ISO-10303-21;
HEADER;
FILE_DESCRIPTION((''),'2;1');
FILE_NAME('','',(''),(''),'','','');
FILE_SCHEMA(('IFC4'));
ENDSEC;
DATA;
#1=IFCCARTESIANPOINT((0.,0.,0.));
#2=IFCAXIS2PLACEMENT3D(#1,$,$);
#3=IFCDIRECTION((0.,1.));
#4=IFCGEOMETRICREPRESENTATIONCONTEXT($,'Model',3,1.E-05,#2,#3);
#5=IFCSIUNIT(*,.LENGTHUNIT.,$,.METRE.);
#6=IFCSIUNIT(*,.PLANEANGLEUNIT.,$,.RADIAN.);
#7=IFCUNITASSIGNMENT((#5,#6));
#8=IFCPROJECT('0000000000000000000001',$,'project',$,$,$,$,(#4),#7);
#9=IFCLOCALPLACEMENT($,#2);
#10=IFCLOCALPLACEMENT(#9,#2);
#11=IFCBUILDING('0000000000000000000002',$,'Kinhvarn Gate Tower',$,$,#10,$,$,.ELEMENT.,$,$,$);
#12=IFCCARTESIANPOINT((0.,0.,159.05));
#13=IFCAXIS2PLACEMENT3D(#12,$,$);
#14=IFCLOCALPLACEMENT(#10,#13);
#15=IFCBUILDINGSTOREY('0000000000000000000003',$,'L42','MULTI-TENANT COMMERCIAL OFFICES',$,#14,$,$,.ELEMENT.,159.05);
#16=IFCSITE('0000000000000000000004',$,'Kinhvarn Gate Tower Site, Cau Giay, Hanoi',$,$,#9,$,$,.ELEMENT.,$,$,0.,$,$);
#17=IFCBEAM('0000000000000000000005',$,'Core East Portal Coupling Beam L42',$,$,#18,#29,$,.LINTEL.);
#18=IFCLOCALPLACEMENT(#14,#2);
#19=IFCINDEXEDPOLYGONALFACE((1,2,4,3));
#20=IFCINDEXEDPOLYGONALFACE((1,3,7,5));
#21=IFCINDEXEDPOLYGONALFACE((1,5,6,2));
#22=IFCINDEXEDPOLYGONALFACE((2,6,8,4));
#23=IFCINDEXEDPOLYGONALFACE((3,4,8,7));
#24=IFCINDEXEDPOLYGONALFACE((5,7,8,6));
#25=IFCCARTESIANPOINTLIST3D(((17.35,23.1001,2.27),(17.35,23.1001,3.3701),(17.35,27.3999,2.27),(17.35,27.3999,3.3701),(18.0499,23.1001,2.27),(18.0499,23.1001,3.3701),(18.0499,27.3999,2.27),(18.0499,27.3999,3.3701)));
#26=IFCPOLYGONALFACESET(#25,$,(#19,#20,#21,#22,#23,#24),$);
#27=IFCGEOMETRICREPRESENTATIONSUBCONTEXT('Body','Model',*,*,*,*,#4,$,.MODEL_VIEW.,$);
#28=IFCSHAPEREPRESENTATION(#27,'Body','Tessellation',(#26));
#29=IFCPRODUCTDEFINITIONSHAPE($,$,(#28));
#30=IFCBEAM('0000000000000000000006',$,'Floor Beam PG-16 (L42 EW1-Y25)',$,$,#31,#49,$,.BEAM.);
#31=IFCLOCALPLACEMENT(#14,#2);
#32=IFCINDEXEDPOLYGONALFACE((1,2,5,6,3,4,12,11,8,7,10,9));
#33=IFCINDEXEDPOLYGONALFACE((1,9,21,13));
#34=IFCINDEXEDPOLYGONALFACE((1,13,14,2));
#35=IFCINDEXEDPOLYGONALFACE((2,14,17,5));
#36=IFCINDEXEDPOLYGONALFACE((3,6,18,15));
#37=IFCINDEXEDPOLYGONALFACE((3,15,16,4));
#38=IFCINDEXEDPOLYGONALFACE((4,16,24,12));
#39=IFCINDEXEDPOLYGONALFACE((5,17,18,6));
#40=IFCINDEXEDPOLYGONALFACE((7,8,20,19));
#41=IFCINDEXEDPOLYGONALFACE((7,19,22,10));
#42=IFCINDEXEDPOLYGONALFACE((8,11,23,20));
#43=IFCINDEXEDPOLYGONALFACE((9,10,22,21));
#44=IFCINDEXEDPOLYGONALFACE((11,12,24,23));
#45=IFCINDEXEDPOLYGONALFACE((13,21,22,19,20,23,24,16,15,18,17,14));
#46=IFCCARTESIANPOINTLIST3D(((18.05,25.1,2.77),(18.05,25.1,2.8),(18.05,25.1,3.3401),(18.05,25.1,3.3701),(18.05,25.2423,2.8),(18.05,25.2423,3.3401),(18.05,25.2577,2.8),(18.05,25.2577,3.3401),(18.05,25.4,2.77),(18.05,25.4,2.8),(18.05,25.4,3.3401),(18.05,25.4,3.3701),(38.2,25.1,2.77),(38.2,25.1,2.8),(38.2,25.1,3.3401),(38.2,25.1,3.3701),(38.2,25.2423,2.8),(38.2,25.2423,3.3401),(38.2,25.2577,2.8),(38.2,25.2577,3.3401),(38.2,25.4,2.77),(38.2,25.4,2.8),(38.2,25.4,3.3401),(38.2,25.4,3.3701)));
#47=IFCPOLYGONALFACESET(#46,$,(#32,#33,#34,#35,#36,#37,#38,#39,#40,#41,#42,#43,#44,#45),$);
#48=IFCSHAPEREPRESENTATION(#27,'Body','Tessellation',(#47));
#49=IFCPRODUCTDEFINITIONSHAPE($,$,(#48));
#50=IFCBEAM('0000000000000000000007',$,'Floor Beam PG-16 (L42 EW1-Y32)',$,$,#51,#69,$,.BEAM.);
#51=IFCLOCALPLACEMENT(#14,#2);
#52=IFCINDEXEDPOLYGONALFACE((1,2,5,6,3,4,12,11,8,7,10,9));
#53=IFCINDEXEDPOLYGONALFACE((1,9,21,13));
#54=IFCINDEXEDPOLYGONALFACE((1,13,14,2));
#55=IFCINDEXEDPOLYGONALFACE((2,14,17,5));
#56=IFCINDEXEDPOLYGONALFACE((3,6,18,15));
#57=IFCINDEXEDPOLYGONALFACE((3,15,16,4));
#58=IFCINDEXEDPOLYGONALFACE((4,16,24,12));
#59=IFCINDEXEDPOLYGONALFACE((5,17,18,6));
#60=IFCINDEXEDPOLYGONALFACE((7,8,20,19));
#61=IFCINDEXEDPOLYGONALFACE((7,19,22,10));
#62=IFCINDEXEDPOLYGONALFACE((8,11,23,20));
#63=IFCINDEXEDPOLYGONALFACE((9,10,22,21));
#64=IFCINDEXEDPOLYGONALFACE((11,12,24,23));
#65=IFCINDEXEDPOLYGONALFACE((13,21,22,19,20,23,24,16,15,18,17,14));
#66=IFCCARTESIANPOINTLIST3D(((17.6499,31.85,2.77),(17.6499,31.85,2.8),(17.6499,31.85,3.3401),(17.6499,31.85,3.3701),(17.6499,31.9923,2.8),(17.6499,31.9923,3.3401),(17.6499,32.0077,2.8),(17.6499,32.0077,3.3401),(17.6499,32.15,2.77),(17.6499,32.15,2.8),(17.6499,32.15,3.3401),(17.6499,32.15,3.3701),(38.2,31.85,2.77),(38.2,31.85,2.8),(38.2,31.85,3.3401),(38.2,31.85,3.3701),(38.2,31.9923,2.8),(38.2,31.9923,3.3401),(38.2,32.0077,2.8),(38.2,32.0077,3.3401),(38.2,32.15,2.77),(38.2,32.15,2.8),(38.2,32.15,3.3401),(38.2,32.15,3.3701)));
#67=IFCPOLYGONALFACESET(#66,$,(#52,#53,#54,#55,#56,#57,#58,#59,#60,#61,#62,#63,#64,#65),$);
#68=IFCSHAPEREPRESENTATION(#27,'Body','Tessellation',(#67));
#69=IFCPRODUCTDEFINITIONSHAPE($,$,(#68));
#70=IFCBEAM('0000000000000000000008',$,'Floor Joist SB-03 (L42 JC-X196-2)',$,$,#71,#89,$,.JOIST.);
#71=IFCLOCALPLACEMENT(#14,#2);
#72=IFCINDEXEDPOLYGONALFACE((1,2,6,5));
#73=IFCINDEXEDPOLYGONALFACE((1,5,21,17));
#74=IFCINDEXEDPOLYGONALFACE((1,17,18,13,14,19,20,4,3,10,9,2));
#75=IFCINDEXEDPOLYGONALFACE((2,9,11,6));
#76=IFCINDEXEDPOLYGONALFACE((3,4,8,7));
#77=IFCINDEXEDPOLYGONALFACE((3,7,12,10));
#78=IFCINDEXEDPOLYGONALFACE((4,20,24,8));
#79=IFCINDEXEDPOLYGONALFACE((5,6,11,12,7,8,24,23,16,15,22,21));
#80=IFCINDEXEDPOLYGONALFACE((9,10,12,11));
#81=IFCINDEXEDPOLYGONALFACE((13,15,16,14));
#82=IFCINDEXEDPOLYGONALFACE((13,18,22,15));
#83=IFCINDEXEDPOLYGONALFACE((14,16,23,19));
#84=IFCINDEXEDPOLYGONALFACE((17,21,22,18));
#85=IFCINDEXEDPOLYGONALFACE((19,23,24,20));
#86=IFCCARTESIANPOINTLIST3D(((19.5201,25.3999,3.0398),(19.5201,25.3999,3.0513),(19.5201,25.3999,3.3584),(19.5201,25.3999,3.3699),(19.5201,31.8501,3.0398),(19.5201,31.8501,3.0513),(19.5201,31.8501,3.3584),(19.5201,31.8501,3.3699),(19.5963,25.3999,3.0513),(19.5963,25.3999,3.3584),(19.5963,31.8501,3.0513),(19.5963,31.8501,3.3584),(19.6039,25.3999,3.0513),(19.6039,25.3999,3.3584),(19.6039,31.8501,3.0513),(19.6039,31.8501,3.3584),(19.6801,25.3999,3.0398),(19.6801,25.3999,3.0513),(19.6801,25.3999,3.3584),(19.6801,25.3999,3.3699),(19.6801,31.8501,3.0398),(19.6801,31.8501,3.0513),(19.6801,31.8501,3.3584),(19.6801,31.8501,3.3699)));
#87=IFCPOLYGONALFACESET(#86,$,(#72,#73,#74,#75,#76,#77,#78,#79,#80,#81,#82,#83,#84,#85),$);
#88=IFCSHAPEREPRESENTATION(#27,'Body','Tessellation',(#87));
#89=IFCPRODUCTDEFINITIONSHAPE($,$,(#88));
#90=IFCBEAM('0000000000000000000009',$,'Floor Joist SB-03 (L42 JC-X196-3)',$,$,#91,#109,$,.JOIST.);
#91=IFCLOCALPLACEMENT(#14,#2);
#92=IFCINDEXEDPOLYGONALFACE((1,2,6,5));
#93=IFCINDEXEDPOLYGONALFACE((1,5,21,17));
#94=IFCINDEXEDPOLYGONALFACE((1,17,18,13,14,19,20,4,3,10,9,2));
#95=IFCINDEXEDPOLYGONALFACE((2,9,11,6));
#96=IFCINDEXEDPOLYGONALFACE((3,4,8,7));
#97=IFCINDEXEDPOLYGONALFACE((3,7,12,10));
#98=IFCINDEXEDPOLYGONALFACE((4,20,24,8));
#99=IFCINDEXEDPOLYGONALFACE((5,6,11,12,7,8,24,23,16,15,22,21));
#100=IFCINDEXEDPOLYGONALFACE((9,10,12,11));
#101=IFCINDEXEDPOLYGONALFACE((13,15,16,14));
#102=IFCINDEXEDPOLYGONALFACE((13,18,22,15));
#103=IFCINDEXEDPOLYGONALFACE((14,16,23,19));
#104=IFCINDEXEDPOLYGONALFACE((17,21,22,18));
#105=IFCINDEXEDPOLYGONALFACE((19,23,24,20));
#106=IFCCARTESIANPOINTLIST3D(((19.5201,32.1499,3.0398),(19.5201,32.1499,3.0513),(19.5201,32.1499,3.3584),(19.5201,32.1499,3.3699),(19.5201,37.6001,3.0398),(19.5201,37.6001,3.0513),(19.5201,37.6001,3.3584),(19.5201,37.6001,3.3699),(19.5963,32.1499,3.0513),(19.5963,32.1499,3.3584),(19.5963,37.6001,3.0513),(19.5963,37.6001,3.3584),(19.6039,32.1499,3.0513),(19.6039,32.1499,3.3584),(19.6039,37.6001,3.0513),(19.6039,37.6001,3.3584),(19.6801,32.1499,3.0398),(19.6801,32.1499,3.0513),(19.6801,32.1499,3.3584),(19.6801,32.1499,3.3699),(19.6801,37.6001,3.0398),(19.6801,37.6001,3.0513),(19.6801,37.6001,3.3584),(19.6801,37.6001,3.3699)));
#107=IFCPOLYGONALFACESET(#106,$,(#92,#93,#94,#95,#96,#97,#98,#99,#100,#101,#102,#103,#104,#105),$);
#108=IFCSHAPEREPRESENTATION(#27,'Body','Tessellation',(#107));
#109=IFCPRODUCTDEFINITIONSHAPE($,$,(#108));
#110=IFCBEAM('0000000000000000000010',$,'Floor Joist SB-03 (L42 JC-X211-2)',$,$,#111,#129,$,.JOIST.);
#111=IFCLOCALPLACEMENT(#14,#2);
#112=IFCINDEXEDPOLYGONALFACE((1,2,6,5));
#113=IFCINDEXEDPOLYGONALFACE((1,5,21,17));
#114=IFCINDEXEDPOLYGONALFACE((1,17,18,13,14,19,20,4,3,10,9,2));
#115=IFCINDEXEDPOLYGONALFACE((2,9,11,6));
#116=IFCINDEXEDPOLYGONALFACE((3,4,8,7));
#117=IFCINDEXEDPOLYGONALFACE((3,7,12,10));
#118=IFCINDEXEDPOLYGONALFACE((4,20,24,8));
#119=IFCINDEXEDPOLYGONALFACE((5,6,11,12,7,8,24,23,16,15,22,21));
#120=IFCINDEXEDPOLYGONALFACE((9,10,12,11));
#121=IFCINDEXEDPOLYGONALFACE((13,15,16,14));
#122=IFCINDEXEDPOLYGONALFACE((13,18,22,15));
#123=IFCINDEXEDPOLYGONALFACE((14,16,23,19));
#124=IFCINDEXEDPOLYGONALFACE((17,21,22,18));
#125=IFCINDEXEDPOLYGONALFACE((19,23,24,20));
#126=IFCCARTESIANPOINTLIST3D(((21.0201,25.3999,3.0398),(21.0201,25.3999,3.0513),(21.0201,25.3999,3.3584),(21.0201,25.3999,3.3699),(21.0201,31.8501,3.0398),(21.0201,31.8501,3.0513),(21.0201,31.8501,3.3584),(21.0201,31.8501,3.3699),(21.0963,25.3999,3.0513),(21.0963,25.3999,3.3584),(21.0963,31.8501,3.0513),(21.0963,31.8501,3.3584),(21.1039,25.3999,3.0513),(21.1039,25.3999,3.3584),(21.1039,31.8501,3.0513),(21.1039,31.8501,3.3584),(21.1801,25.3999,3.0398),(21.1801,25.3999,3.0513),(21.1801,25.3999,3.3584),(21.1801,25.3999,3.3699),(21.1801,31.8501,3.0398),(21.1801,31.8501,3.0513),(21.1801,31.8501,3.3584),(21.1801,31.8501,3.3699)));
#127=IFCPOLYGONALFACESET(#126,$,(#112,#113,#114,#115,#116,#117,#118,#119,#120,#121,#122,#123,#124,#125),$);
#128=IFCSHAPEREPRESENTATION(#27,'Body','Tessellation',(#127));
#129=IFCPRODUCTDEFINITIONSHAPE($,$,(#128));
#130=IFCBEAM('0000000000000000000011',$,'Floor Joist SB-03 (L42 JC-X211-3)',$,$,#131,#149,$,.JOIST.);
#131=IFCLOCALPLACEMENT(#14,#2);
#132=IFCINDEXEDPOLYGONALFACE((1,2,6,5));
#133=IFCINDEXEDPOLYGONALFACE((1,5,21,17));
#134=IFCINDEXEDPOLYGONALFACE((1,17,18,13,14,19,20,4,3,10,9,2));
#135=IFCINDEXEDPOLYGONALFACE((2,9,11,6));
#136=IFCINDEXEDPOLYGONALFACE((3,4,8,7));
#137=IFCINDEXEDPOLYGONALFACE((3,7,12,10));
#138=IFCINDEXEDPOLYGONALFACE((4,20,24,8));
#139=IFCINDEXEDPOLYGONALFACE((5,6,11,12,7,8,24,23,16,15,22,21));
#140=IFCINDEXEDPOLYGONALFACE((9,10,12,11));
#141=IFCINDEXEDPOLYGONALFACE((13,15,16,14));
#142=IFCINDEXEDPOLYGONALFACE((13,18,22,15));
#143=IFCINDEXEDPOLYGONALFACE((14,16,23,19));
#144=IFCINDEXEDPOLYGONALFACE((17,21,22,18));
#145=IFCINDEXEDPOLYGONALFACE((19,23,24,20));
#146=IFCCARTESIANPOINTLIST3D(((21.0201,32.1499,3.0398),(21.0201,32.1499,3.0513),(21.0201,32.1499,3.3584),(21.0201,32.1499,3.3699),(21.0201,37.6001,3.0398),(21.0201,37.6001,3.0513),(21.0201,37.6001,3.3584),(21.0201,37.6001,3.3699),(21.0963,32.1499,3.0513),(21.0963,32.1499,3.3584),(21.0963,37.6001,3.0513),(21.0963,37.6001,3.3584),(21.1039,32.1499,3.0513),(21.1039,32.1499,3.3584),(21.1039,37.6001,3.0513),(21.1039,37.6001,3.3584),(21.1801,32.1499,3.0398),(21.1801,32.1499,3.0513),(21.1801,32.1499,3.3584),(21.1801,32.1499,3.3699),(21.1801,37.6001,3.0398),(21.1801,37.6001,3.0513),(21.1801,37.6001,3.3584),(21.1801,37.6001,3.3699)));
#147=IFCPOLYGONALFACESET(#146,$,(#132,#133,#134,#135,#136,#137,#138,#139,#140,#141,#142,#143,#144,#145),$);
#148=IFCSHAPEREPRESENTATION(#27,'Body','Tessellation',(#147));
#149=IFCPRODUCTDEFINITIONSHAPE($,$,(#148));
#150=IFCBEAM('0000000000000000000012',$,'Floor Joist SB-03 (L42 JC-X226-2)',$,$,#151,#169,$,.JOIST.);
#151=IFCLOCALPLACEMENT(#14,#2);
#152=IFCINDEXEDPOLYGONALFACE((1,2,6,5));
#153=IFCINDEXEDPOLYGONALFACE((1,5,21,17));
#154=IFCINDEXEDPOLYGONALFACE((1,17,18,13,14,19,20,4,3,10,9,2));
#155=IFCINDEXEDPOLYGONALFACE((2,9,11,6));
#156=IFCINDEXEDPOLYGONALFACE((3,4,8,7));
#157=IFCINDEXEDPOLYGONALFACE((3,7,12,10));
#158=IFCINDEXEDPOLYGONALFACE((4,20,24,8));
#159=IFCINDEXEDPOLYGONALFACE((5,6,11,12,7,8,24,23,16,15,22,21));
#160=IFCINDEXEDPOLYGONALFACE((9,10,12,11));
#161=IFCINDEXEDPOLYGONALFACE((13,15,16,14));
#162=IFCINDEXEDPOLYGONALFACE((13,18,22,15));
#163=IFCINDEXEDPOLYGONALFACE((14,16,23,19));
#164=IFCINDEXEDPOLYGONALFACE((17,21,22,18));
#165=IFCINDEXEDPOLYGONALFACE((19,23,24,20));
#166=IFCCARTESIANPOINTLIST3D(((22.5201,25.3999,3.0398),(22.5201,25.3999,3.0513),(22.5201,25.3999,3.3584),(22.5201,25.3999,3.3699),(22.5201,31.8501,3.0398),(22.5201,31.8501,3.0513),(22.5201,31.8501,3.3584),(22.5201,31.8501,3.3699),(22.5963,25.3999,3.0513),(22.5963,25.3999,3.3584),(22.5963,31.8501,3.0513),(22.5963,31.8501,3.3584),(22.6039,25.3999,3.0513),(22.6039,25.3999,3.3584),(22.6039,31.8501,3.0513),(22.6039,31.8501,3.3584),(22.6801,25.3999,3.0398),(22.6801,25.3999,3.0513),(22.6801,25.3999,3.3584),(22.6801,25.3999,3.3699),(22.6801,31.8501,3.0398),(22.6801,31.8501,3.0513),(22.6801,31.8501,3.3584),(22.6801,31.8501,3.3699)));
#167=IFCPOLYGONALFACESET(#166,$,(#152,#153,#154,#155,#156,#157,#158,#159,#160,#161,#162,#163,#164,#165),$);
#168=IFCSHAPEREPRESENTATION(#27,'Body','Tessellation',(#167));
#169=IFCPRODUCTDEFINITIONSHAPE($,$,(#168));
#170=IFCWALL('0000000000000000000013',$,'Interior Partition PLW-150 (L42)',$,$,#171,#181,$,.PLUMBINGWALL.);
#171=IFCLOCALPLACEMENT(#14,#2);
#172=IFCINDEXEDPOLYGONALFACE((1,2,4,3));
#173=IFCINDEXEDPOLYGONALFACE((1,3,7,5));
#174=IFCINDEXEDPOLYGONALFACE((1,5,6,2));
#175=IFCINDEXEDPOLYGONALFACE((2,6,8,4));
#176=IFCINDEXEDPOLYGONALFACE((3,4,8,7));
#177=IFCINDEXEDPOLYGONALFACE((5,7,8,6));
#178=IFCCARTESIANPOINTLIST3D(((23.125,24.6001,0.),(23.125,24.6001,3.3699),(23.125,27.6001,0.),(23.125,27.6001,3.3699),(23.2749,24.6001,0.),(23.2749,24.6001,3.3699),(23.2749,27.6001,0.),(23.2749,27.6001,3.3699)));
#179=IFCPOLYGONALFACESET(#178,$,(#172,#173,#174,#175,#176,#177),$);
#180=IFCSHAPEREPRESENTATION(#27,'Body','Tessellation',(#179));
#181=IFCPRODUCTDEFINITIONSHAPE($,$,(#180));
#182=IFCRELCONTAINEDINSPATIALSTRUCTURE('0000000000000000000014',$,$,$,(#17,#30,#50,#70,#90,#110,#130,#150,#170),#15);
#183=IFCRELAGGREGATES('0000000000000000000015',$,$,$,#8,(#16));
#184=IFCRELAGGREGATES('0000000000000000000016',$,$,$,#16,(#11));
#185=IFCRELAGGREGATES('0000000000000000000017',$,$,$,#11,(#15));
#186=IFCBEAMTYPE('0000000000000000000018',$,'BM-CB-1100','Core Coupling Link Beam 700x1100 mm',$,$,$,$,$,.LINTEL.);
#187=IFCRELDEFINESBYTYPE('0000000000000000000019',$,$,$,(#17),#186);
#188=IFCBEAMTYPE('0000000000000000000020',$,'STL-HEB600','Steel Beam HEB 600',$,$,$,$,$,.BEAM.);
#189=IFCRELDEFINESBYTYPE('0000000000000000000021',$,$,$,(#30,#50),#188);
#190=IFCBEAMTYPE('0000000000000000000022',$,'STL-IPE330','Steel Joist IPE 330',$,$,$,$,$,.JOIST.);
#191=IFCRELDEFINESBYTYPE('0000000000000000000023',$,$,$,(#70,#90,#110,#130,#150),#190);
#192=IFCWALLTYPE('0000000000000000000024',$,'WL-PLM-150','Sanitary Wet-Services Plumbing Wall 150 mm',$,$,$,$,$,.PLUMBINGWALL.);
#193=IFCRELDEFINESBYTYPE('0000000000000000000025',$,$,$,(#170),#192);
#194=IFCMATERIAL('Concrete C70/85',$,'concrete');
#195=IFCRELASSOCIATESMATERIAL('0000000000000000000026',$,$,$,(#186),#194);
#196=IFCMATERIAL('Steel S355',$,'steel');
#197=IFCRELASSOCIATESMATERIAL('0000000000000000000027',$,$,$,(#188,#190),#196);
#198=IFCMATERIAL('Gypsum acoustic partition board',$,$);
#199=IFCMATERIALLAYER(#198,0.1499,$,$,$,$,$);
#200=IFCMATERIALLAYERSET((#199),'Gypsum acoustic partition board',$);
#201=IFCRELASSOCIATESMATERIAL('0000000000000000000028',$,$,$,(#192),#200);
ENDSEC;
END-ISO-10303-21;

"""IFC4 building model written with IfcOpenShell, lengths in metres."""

from ifc_helpers import new_model, si_unit, direction, frame, frame_2d, origin, origin_2d, place, context, subcontext, project, spatial, rectangle, i_section, extrude, material, layer, layer_set, material_profile, profile_set, type_object, element, save


model = new_model("IFC4")

# Units and contexts
model_context = context("Model", 3, precision=1e-05, world=origin(), true_north=direction((0.0, 1.0)))
body_context = subcontext(model_context, "Body", "Model", "MODEL_VIEW")
ifc_project = project(units=[si_unit("LENGTHUNIT", "METRE"), si_unit("PLANEANGLEUNIT", "RADIAN")], contexts=[model_context])

# Site, building, storey
site_placement = place(None, origin())
site = spatial("IfcSite", under=ifc_project, at=site_placement, Name="Kinhvarn Gate Tower Site, Cau Giay, Hanoi", CompositionType="ELEMENT", RefElevation=0.0)
building_placement = place(site_placement, origin())
building = spatial("IfcBuilding", under=site, at=building_placement, Name="Kinhvarn Gate Tower", CompositionType="ELEMENT")
storey_placement = place(building_placement, frame((0.0, 0.0, 159.05)))
storey = spatial("IfcBuildingStorey", under=building, at=storey_placement, Name="L42", Description="MULTI-TENANT COMMERCIAL OFFICES", CompositionType="ELEMENT", Elevation=159.05)

# Beams
ifc_material_1 = material(Name="Concrete C70/85", Category="concrete")
ifc_material_profile_1 = material_profile(ifc_material_1, rectangle(XDim=0.7, YDim=1.1001, at=origin_2d()), Name="RC 700x1100")
ifc_profile_set_1 = profile_set([ifc_material_profile_1], Name="Concrete C70/85")
beam_type_1 = type_object("IfcBeamType", Name="BM-CB-1100", Description="Core Coupling Link Beam 700x1100 mm", PredefinedType="LINTEL", material=ifc_profile_set_1)
beam_1_placement = place(storey_placement, frame((17.7, 23.1001, 2.8201), z_axis=(0.0, 1.0, 0.0), x_axis=(-1.0, 0.0, 0.0)))
element("IfcBeam", 1, at=beam_1_placement, inside=storey, type_object=beam_type_1, Name="Core East Portal Coupling Beam L42", PredefinedType="LINTEL", context=body_context, shape_type="SweptSolid", body=[
    extrude(rectangle(XDim=0.7, YDim=1.1001, at=origin_2d()), origin(), (0.0, 0.0, 1.0), 4.2998),
])
ifc_material_2 = material(Name="Steel S355", Category="steel")
ifc_material_profile_2 = material_profile(ifc_material_2, i_section(OverallWidth=0.3, OverallDepth=0.6001, WebThickness=0.0154, FlangeThickness=0.03, at=origin_2d()), Name="HEB 600")
ifc_profile_set_2 = profile_set([ifc_material_profile_2], Name="Steel S355")
beam_type_2 = type_object("IfcBeamType", Name="STL-HEB600", Description="Steel Beam HEB 600", PredefinedType="BEAM", material=ifc_profile_set_2)
beam_2_placement = place(storey_placement, frame((18.05, 25.25, 3.0701), z_axis=(1.0, 0.0, 0.0), x_axis=(0.0, 1.0, 0.0)))
element("IfcBeam", 2, at=beam_2_placement, inside=storey, type_object=beam_type_2, Name="Floor Beam PG-16 (L42 EW1-Y25)", PredefinedType="BEAM", context=body_context, shape_type="SweptSolid", body=[
    extrude(i_section(OverallWidth=0.3, OverallDepth=0.6001, WebThickness=0.0154, FlangeThickness=0.03, at=origin_2d()), origin(), (0.0, 0.0, 1.0), 20.1499),
])
beam_3_placement = place(storey_placement, frame((17.6499, 32.0, 3.0701), z_axis=(1.0, 0.0, 0.0), x_axis=(0.0, 1.0, 0.0)))
element("IfcBeam", 3, at=beam_3_placement, inside=storey, type_object=beam_type_2, Name="Floor Beam PG-16 (L42 EW1-Y32)", PredefinedType="BEAM", context=body_context, shape_type="SweptSolid", body=[
    extrude(i_section(OverallWidth=0.3, OverallDepth=0.6001, WebThickness=0.0154, FlangeThickness=0.03, at=origin_2d()), origin(), (0.0, 0.0, 1.0), 20.55),
])
ifc_material_profile_3 = material_profile(ifc_material_2, i_section(OverallWidth=0.1599, OverallDepth=0.3301, WebThickness=0.0076, FlangeThickness=0.0115, at=origin_2d()), Name="IPE 330")
ifc_profile_set_3 = profile_set([ifc_material_profile_3], Name="Steel S355")
beam_type_3 = type_object("IfcBeamType", Name="STL-IPE330", Description="Steel Joist IPE 330", PredefinedType="JOIST", material=ifc_profile_set_3)
beam_4_placement = place(storey_placement, frame((19.6001, 25.3999, 3.2048), z_axis=(0.0, 1.0, 0.0), x_axis=(-1.0, 0.0, 0.0)))
element("IfcBeam", 4, at=beam_4_placement, inside=storey, type_object=beam_type_3, Name="Floor Joist SB-03 (L42 JC-X196-2)", PredefinedType="JOIST", context=body_context, shape_type="SweptSolid", body=[
    extrude(i_section(OverallWidth=0.1599, OverallDepth=0.3301, WebThickness=0.0076, FlangeThickness=0.0115, at=origin_2d()), origin(), (0.0, 0.0, 1.0), 6.4502),
])
beam_5_placement = place(storey_placement, frame((19.6001, 32.1499, 3.2048), z_axis=(0.0, 1.0, 0.0), x_axis=(-1.0, 0.0, 0.0)))
element("IfcBeam", 5, at=beam_5_placement, inside=storey, type_object=beam_type_3, Name="Floor Joist SB-03 (L42 JC-X196-3)", PredefinedType="JOIST", context=body_context, shape_type="SweptSolid", body=[
    extrude(i_section(OverallWidth=0.1599, OverallDepth=0.3301, WebThickness=0.0076, FlangeThickness=0.0115, at=origin_2d()), origin(), (0.0, 0.0, 1.0), 5.4502),
])
beam_6_placement = place(storey_placement, frame((21.1001, 25.3999, 3.2048), z_axis=(0.0, 1.0, 0.0), x_axis=(-1.0, 0.0, 0.0)))
element("IfcBeam", 6, at=beam_6_placement, inside=storey, type_object=beam_type_3, Name="Floor Joist SB-03 (L42 JC-X211-2)", PredefinedType="JOIST", context=body_context, shape_type="SweptSolid", body=[
    extrude(i_section(OverallWidth=0.1599, OverallDepth=0.3301, WebThickness=0.0076, FlangeThickness=0.0115, at=origin_2d()), origin(), (0.0, 0.0, 1.0), 6.4502),
])
beam_7_placement = place(storey_placement, frame((21.1001, 32.1499, 3.2048), z_axis=(0.0, 1.0, 0.0), x_axis=(-1.0, 0.0, 0.0)))
element("IfcBeam", 7, at=beam_7_placement, inside=storey, type_object=beam_type_3, Name="Floor Joist SB-03 (L42 JC-X211-3)", PredefinedType="JOIST", context=body_context, shape_type="SweptSolid", body=[
    extrude(i_section(OverallWidth=0.1599, OverallDepth=0.3301, WebThickness=0.0076, FlangeThickness=0.0115, at=origin_2d()), origin(), (0.0, 0.0, 1.0), 5.4502),
])
beam_8_placement = place(storey_placement, frame((22.6001, 25.3999, 3.2048), z_axis=(0.0, 1.0, 0.0), x_axis=(-1.0, 0.0, 0.0)))
element("IfcBeam", 8, at=beam_8_placement, inside=storey, type_object=beam_type_3, Name="Floor Joist SB-03 (L42 JC-X226-2)", PredefinedType="JOIST", context=body_context, shape_type="SweptSolid", body=[
    extrude(i_section(OverallWidth=0.1599, OverallDepth=0.3301, WebThickness=0.0076, FlangeThickness=0.0115, at=origin_2d()), origin(), (0.0, 0.0, 1.0), 6.4502),
])

# Wall
ifc_material_3 = material(Name="Gypsum acoustic partition board")
ifc_layer_1 = layer(ifc_material_3, 0.1499)
ifc_layer_set_1 = layer_set([ifc_layer_1], Name="Gypsum acoustic partition board")
wall_type_1 = type_object("IfcWallType", Name="WL-PLM-150", Description="Sanitary Wet-Services Plumbing Wall 150 mm", PredefinedType="PLUMBINGWALL", material=ifc_layer_set_1)
wall_1_placement = place(storey_placement, frame((23.2, 24.6001, 0.0), z_axis=(0.0, 0.0, 1.0), x_axis=(0.0, 1.0, 0.0)))
element("IfcWall", 9, at=wall_1_placement, inside=storey, type_object=wall_type_1, Name="Interior Partition PLW-150 (L42)", PredefinedType="PLUMBINGWALL", context=body_context, shape_type="SweptSolid", body=[
    extrude(rectangle(XDim=3.0, YDim=0.1499, at=frame_2d((1.5, 0.0))), origin(), (0.0, 0.0, 1.0), 3.3699),
])

save(model, "model.ifc")
